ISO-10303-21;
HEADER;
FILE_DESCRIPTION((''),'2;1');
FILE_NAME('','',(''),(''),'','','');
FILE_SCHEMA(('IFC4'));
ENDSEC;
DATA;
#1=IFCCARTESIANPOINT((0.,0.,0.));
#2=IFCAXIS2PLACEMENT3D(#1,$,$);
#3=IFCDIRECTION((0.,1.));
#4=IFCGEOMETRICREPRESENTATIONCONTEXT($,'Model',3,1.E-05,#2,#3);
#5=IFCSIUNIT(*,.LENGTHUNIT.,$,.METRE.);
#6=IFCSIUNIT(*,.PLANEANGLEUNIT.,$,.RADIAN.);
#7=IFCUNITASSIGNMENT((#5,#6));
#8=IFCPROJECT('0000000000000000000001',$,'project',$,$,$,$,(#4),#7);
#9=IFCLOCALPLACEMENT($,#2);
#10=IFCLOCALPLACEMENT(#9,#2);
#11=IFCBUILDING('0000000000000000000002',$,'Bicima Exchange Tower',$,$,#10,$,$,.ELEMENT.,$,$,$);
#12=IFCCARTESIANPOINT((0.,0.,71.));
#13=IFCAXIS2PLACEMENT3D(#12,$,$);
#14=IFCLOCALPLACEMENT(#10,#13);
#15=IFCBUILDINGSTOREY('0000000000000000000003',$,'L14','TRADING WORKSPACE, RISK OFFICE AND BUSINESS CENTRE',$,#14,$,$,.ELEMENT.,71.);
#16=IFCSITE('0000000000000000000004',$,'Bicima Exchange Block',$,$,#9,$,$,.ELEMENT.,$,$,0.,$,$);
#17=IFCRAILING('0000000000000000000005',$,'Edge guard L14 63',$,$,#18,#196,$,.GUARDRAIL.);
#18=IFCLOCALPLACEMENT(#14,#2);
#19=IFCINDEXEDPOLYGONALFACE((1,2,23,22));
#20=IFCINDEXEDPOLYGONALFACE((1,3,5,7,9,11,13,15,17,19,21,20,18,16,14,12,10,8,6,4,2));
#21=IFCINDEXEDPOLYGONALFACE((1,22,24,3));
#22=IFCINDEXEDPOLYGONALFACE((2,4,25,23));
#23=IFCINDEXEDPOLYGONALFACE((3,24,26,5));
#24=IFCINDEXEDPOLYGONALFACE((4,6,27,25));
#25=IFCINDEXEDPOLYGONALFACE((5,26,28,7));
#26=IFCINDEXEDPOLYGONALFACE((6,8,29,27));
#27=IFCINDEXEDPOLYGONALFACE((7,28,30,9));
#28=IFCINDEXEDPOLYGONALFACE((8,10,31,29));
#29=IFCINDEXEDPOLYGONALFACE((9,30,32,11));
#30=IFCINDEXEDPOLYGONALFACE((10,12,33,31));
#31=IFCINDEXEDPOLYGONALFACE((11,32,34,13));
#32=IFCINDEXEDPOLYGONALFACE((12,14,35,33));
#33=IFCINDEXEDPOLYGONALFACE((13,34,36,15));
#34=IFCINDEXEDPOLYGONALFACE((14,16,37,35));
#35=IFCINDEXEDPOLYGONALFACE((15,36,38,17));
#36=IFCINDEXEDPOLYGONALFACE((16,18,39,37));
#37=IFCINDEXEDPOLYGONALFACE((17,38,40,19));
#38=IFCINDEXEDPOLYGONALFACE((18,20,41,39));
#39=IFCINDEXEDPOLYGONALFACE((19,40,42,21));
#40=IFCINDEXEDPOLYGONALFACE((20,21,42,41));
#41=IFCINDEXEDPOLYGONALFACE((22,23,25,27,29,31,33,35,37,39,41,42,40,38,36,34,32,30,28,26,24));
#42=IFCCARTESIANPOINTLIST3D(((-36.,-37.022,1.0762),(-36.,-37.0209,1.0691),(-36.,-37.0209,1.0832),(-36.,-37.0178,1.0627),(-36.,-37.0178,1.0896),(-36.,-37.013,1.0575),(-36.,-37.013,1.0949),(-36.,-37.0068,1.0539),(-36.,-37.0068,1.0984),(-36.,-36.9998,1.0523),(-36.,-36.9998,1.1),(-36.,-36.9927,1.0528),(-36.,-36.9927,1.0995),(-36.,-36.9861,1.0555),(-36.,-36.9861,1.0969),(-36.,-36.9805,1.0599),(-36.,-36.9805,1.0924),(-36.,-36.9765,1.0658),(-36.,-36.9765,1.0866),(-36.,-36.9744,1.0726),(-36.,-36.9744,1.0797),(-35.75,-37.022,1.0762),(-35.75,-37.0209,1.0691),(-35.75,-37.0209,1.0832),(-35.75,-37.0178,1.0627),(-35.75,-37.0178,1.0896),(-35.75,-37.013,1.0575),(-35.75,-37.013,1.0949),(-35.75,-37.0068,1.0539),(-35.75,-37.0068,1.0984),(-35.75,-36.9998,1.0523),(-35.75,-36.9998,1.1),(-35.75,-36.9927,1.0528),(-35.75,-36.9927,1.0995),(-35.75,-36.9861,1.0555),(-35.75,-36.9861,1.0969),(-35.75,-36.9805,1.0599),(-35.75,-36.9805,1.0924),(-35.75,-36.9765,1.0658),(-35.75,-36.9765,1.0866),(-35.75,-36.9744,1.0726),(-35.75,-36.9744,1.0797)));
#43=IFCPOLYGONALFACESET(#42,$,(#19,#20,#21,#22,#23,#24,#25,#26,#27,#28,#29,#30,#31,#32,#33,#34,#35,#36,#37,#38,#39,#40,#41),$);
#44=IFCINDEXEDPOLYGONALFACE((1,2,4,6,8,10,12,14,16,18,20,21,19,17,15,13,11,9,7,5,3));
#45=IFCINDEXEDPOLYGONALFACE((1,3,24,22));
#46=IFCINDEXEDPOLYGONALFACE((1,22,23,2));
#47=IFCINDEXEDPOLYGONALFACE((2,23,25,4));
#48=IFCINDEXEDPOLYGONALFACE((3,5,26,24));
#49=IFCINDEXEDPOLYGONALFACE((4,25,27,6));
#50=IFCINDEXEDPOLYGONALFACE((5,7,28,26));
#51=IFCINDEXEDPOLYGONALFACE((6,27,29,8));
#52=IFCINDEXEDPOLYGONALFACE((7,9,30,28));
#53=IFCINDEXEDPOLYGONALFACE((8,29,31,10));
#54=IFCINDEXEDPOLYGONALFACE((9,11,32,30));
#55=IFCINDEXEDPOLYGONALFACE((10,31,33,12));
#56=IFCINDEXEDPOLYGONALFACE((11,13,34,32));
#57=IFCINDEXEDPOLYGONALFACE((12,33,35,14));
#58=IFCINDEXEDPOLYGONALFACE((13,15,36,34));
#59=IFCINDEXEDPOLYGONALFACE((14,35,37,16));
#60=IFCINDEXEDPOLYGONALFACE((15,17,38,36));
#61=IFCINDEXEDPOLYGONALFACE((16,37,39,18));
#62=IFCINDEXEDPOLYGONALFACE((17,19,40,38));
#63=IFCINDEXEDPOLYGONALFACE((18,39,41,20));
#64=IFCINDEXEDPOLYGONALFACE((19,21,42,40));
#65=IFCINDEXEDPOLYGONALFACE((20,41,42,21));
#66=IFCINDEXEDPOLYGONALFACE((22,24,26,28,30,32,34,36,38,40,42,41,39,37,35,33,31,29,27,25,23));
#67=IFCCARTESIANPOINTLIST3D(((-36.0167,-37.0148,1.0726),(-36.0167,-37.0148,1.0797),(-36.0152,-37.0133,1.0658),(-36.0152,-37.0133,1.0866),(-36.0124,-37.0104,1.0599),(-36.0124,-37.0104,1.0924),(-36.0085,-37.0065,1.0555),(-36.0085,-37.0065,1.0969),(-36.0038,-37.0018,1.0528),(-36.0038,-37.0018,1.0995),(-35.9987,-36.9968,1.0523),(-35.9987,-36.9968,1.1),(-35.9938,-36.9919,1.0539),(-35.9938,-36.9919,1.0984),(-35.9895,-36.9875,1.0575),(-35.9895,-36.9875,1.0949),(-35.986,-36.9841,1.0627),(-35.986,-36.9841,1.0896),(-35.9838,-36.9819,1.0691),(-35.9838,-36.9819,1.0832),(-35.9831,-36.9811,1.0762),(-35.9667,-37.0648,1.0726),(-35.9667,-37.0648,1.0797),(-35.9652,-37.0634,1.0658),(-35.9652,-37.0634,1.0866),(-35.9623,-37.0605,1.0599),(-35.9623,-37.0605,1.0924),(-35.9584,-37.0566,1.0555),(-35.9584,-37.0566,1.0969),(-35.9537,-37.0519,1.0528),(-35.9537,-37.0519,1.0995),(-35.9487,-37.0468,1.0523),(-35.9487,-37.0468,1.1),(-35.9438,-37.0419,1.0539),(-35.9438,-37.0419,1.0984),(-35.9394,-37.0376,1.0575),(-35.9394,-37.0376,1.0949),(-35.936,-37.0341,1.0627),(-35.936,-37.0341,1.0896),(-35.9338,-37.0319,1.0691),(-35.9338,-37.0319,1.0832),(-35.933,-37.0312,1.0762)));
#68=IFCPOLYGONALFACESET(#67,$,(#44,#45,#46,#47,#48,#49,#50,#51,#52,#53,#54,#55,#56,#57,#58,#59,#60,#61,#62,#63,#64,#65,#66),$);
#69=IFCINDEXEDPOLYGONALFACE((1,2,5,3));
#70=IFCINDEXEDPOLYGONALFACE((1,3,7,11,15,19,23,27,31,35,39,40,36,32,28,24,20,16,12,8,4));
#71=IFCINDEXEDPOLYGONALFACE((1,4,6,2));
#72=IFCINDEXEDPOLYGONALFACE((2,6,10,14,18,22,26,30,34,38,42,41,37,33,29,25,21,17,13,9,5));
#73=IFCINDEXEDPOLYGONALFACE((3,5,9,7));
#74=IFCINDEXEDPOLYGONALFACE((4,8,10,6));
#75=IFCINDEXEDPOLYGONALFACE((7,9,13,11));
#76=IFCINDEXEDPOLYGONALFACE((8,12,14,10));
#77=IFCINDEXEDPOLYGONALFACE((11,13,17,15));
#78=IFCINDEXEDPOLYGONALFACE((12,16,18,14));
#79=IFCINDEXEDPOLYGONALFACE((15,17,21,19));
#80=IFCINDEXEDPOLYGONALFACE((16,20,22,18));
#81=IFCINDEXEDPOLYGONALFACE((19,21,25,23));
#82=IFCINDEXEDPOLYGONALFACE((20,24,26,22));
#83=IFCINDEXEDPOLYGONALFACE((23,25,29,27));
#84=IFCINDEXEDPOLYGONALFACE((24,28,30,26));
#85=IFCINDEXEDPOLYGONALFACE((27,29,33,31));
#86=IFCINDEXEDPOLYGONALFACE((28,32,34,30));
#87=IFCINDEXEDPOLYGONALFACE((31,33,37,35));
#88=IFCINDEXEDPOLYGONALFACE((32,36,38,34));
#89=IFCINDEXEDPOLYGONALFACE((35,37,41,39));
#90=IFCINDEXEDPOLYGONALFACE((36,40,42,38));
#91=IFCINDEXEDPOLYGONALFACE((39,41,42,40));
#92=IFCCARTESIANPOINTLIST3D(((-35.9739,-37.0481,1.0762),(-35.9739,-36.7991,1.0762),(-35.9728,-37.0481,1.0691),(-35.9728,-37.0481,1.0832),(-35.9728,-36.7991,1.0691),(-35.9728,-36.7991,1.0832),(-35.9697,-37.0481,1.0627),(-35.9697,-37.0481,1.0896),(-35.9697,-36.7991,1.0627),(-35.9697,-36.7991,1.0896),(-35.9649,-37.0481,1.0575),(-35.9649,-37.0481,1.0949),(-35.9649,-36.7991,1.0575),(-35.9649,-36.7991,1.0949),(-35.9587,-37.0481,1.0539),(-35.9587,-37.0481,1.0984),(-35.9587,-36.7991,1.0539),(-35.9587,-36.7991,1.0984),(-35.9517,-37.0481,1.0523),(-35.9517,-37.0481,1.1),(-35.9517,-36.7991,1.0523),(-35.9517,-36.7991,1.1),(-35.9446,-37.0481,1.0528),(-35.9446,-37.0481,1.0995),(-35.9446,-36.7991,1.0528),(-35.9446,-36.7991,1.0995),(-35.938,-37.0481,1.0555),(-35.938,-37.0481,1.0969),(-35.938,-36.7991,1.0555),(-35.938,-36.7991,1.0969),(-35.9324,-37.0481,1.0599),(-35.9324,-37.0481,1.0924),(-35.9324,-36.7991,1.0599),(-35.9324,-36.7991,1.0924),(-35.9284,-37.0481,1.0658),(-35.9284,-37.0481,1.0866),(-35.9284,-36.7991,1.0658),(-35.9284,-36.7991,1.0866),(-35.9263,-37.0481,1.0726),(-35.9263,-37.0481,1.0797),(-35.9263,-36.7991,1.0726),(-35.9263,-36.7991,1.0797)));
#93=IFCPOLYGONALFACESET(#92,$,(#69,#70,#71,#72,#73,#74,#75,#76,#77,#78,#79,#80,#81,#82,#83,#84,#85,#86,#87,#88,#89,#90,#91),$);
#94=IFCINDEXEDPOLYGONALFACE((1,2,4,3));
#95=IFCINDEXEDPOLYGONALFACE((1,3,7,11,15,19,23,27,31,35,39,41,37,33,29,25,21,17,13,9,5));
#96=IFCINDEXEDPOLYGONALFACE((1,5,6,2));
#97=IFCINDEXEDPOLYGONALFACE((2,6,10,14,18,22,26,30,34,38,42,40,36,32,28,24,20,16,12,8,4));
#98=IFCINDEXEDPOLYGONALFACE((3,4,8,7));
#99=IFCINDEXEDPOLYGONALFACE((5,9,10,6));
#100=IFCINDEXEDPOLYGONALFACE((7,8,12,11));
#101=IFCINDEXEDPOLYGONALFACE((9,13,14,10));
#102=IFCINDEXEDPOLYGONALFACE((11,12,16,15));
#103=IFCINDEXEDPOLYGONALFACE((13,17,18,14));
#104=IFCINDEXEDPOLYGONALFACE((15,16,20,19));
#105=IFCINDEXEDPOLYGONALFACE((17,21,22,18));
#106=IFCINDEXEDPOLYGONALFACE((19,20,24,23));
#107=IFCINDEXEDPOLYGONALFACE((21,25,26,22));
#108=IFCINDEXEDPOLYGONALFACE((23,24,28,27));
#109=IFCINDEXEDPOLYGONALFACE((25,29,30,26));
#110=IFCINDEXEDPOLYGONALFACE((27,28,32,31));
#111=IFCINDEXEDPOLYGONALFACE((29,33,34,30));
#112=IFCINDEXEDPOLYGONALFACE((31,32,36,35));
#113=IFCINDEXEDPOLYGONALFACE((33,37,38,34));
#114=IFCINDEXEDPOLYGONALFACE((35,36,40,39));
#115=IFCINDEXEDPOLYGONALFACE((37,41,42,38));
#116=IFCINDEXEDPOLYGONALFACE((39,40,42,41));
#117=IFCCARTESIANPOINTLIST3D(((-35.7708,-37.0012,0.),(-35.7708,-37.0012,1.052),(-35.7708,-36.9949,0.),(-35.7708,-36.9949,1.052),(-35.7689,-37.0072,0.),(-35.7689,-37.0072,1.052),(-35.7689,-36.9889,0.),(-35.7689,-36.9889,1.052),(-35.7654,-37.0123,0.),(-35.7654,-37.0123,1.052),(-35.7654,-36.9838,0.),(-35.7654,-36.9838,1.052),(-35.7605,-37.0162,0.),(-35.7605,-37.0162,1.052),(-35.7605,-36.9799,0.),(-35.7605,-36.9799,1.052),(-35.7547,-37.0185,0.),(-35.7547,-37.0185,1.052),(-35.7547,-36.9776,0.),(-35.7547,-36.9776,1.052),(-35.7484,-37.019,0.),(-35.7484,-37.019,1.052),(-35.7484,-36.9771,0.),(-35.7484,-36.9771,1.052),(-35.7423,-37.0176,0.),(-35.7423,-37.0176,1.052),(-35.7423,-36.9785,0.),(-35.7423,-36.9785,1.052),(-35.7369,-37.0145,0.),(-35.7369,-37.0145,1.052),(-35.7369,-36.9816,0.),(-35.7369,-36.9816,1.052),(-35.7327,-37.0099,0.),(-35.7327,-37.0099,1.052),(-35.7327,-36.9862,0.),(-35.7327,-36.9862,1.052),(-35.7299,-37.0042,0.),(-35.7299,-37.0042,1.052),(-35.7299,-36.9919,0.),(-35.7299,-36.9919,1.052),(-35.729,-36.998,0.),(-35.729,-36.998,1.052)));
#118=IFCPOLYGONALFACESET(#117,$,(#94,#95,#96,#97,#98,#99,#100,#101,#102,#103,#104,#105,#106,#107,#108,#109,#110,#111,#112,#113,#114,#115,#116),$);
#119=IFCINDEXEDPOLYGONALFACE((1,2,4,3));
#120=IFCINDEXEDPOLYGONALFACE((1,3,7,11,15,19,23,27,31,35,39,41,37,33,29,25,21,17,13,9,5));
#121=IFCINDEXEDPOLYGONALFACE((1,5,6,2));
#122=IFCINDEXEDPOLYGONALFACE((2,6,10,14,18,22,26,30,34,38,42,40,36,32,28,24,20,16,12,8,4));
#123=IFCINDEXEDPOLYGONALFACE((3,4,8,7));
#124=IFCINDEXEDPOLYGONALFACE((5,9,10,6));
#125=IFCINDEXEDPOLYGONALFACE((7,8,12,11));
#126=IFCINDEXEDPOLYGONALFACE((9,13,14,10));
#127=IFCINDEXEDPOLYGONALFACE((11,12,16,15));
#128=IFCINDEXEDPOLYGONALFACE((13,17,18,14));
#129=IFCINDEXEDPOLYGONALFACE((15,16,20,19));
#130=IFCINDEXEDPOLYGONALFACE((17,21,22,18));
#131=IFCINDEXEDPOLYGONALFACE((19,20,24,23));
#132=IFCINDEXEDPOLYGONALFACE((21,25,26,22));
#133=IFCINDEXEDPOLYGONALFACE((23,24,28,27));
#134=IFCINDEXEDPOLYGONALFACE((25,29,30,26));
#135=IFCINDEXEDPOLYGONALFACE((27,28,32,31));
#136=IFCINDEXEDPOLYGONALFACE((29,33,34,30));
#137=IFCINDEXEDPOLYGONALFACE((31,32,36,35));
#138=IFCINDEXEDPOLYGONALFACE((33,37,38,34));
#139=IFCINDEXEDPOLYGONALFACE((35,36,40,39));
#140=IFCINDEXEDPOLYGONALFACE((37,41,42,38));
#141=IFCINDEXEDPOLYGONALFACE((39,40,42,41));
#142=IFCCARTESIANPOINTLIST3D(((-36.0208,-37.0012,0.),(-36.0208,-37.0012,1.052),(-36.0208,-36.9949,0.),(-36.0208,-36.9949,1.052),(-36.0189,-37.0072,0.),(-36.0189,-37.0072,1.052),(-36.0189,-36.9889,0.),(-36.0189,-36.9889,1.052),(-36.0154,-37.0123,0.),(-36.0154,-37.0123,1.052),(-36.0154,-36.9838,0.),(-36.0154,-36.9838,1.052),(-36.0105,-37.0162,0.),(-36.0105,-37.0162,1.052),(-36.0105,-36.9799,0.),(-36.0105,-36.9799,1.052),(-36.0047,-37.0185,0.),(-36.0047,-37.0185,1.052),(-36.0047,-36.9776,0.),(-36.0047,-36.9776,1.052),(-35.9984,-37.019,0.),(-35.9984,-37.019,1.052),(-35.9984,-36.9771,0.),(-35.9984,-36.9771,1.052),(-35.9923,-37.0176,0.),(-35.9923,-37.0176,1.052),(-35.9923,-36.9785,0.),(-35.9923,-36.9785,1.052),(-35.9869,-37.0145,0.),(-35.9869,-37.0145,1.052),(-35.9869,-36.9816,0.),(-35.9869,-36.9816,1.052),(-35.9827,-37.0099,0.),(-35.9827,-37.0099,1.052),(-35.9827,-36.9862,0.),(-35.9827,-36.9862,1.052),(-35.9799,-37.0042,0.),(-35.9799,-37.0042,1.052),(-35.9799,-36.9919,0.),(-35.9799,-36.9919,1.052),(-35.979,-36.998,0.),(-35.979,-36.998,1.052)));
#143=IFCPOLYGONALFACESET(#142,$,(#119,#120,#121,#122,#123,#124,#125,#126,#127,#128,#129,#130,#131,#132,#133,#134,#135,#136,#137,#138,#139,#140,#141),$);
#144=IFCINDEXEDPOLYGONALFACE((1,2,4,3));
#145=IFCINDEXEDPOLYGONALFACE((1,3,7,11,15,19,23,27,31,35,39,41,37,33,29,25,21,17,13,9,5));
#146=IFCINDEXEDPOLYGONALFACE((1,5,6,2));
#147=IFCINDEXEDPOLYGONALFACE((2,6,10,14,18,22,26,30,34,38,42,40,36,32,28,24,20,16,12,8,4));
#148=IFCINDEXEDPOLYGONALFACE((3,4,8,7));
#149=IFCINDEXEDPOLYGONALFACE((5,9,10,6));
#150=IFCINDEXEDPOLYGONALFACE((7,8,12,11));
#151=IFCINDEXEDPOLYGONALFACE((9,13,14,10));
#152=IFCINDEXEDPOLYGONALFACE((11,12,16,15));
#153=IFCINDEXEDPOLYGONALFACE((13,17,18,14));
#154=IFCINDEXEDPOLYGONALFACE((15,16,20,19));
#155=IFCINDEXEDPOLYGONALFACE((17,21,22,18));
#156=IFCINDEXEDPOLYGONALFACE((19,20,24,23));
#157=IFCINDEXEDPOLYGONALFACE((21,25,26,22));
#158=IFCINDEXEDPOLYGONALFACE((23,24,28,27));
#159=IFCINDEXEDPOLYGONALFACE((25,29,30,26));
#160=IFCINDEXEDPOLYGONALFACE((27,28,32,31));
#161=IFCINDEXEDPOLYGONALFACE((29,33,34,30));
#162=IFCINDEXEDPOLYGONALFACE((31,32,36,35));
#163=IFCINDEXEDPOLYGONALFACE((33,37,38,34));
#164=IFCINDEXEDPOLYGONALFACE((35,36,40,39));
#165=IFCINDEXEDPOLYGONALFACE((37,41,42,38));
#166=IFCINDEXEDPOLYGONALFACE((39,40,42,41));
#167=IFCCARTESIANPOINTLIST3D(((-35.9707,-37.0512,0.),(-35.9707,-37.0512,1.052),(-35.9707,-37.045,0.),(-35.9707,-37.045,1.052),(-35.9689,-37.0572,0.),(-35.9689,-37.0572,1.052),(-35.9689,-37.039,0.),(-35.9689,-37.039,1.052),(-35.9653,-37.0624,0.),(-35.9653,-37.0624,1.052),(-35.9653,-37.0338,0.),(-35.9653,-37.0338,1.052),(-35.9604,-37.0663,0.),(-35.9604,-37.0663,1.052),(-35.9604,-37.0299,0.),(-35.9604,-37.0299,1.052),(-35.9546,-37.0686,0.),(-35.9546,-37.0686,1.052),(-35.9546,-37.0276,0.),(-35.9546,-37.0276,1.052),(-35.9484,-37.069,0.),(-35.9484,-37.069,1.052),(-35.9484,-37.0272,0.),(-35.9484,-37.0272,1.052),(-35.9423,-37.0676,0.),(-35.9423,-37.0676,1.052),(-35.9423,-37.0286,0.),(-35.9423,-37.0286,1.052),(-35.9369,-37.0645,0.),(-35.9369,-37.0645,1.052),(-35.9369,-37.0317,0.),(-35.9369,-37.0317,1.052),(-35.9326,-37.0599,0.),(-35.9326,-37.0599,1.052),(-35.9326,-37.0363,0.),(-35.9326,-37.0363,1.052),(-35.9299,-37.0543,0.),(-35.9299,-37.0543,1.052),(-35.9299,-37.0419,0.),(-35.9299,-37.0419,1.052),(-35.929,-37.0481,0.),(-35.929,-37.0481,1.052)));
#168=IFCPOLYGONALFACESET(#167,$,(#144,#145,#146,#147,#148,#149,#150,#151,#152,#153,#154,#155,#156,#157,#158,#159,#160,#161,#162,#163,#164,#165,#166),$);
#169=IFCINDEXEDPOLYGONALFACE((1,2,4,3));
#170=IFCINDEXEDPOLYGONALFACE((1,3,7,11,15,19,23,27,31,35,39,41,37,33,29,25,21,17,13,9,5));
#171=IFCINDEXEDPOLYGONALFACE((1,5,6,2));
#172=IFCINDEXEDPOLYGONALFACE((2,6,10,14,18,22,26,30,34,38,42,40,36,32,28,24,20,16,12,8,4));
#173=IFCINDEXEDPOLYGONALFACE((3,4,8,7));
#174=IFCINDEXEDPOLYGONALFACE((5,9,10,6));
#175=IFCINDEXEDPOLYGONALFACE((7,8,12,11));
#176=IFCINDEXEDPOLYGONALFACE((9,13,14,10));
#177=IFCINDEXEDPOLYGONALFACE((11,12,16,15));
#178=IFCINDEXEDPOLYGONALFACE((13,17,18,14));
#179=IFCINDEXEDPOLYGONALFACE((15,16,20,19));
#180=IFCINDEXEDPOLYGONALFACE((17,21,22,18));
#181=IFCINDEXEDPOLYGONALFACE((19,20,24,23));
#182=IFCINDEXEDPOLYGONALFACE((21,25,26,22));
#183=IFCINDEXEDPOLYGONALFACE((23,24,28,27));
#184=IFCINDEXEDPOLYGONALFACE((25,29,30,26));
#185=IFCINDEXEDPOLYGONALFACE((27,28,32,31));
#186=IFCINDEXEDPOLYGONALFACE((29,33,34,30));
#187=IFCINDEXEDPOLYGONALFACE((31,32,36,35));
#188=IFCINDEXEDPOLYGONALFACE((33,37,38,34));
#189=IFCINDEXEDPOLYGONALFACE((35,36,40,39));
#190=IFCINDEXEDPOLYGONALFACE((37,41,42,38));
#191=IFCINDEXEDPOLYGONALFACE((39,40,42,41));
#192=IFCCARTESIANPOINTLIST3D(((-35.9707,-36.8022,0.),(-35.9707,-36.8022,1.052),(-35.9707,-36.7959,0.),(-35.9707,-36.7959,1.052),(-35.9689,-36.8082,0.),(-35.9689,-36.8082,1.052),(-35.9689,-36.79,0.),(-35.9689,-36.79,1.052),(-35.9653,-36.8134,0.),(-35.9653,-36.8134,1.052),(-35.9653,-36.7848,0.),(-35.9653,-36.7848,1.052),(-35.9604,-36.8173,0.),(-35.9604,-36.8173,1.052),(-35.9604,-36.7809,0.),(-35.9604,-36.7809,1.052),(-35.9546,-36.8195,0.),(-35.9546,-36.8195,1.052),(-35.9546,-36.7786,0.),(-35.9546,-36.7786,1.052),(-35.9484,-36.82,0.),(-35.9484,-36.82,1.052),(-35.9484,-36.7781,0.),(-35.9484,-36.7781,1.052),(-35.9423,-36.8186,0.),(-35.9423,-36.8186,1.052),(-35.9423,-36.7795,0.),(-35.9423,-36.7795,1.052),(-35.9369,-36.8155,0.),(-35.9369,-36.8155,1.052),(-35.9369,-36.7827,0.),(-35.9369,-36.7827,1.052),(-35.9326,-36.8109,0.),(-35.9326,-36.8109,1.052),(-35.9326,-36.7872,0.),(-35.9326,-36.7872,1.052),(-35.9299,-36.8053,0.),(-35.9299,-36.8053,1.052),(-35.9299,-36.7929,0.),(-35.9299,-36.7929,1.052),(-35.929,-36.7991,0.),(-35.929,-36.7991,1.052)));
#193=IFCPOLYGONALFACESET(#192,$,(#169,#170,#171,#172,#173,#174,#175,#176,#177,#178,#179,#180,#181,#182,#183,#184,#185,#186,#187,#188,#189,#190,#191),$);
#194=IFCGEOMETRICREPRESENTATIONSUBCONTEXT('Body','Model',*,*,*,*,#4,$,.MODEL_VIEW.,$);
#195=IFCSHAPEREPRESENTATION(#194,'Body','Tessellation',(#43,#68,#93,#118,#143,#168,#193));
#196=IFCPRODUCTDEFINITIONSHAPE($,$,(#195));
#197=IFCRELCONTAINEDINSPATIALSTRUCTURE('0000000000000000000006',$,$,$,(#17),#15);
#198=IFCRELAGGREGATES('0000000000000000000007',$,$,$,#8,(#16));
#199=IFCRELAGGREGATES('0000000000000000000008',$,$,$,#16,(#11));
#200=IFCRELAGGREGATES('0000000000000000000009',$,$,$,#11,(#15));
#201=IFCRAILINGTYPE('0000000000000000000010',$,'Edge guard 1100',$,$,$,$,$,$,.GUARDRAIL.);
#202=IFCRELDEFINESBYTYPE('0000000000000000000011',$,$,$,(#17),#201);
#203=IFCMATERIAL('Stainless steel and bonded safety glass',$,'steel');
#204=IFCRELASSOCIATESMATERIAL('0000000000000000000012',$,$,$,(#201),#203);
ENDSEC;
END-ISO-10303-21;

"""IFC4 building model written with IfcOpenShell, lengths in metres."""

from ifc_helpers import new_model, si_unit, direction, frame, origin, origin_2d, place, context, subcontext, project, spatial, circle, extrude, material, type_object, element, save


model = new_model("IFC4")

# Units and contexts
model_context = context("Model", 3, precision=1e-05, world=origin(), true_north=direction((0.0, 1.0)))
body_context = subcontext(model_context, "Body", "Model", "MODEL_VIEW")
ifc_project = project(units=[si_unit("LENGTHUNIT", "METRE"), si_unit("PLANEANGLEUNIT", "RADIAN")], contexts=[model_context])

# Site, building, storey
site_placement = place(None, origin())
site = spatial("IfcSite", under=ifc_project, at=site_placement, Name="Bicima Exchange Block", CompositionType="ELEMENT", RefElevation=0.0)
building_placement = place(site_placement, origin())
building = spatial("IfcBuilding", under=site, at=building_placement, Name="Bicima Exchange Tower", CompositionType="ELEMENT")
storey_placement = place(building_placement, frame((0.0, 0.0, 71.0)))
storey = spatial("IfcBuildingStorey", under=building, at=storey_placement, Name="L14", Description="TRADING WORKSPACE, RISK OFFICE AND BUSINESS CENTRE", CompositionType="ELEMENT", Elevation=71.0)

# Railing
ifc_material_1 = material(Name="Stainless steel and bonded safety glass", Category="steel")
railing_type = type_object("IfcRailingType", Name="Edge guard 1100", PredefinedType="GUARDRAIL", material=ifc_material_1)
railing_1_placement = place(storey_placement, frame((-35.75, -36.998, 0.0)))
element("IfcRailing", 1, at=railing_1_placement, inside=storey, type_object=railing_type, Name="Edge guard L14 63", PredefinedType="GUARDRAIL", context=body_context, shape_type="SweptSolid", body=[
    extrude(circle(Radius=0.0239, at=origin_2d()), frame((0.0, 0.0, 1.0762), z_axis=(-1.0, 0.0, 0.0), x_axis=(0.0, -1.0, 0.0)), (0.0, 0.0, 1.0), 0.25),
    extrude(circle(Radius=0.0239, at=origin_2d()), frame((-0.25, 0.0, 1.0762), z_axis=(0.707107, -0.707107, 0.0), x_axis=(0.707107, 0.707107, 0.0)), (0.0, 0.0, 1.0), 0.0708),
    extrude(circle(Radius=0.0239, at=origin_2d()), frame((-0.2, -0.05, 1.0762), z_axis=(0.0, 1.0, 0.0), x_axis=(-1.0, 0.0, 0.0)), (0.0, 0.0, 1.0), 0.249),
    extrude(circle(Radius=0.021, at=origin_2d()), origin(), (0.0, 0.0, 1.0), 1.052),
    extrude(circle(Radius=0.021, at=origin_2d()), frame((-0.25, 0.0, 0.0)), (0.0, 0.0, 1.0), 1.052),
    extrude(circle(Radius=0.021, at=origin_2d()), frame((-0.2, -0.05, 0.0)), (0.0, 0.0, 1.0), 1.052),
    extrude(circle(Radius=0.021, at=origin_2d()), frame((-0.2, 0.199, 0.0)), (0.0, 0.0, 1.0), 1.052),
])

save(model, "model.ifc")
